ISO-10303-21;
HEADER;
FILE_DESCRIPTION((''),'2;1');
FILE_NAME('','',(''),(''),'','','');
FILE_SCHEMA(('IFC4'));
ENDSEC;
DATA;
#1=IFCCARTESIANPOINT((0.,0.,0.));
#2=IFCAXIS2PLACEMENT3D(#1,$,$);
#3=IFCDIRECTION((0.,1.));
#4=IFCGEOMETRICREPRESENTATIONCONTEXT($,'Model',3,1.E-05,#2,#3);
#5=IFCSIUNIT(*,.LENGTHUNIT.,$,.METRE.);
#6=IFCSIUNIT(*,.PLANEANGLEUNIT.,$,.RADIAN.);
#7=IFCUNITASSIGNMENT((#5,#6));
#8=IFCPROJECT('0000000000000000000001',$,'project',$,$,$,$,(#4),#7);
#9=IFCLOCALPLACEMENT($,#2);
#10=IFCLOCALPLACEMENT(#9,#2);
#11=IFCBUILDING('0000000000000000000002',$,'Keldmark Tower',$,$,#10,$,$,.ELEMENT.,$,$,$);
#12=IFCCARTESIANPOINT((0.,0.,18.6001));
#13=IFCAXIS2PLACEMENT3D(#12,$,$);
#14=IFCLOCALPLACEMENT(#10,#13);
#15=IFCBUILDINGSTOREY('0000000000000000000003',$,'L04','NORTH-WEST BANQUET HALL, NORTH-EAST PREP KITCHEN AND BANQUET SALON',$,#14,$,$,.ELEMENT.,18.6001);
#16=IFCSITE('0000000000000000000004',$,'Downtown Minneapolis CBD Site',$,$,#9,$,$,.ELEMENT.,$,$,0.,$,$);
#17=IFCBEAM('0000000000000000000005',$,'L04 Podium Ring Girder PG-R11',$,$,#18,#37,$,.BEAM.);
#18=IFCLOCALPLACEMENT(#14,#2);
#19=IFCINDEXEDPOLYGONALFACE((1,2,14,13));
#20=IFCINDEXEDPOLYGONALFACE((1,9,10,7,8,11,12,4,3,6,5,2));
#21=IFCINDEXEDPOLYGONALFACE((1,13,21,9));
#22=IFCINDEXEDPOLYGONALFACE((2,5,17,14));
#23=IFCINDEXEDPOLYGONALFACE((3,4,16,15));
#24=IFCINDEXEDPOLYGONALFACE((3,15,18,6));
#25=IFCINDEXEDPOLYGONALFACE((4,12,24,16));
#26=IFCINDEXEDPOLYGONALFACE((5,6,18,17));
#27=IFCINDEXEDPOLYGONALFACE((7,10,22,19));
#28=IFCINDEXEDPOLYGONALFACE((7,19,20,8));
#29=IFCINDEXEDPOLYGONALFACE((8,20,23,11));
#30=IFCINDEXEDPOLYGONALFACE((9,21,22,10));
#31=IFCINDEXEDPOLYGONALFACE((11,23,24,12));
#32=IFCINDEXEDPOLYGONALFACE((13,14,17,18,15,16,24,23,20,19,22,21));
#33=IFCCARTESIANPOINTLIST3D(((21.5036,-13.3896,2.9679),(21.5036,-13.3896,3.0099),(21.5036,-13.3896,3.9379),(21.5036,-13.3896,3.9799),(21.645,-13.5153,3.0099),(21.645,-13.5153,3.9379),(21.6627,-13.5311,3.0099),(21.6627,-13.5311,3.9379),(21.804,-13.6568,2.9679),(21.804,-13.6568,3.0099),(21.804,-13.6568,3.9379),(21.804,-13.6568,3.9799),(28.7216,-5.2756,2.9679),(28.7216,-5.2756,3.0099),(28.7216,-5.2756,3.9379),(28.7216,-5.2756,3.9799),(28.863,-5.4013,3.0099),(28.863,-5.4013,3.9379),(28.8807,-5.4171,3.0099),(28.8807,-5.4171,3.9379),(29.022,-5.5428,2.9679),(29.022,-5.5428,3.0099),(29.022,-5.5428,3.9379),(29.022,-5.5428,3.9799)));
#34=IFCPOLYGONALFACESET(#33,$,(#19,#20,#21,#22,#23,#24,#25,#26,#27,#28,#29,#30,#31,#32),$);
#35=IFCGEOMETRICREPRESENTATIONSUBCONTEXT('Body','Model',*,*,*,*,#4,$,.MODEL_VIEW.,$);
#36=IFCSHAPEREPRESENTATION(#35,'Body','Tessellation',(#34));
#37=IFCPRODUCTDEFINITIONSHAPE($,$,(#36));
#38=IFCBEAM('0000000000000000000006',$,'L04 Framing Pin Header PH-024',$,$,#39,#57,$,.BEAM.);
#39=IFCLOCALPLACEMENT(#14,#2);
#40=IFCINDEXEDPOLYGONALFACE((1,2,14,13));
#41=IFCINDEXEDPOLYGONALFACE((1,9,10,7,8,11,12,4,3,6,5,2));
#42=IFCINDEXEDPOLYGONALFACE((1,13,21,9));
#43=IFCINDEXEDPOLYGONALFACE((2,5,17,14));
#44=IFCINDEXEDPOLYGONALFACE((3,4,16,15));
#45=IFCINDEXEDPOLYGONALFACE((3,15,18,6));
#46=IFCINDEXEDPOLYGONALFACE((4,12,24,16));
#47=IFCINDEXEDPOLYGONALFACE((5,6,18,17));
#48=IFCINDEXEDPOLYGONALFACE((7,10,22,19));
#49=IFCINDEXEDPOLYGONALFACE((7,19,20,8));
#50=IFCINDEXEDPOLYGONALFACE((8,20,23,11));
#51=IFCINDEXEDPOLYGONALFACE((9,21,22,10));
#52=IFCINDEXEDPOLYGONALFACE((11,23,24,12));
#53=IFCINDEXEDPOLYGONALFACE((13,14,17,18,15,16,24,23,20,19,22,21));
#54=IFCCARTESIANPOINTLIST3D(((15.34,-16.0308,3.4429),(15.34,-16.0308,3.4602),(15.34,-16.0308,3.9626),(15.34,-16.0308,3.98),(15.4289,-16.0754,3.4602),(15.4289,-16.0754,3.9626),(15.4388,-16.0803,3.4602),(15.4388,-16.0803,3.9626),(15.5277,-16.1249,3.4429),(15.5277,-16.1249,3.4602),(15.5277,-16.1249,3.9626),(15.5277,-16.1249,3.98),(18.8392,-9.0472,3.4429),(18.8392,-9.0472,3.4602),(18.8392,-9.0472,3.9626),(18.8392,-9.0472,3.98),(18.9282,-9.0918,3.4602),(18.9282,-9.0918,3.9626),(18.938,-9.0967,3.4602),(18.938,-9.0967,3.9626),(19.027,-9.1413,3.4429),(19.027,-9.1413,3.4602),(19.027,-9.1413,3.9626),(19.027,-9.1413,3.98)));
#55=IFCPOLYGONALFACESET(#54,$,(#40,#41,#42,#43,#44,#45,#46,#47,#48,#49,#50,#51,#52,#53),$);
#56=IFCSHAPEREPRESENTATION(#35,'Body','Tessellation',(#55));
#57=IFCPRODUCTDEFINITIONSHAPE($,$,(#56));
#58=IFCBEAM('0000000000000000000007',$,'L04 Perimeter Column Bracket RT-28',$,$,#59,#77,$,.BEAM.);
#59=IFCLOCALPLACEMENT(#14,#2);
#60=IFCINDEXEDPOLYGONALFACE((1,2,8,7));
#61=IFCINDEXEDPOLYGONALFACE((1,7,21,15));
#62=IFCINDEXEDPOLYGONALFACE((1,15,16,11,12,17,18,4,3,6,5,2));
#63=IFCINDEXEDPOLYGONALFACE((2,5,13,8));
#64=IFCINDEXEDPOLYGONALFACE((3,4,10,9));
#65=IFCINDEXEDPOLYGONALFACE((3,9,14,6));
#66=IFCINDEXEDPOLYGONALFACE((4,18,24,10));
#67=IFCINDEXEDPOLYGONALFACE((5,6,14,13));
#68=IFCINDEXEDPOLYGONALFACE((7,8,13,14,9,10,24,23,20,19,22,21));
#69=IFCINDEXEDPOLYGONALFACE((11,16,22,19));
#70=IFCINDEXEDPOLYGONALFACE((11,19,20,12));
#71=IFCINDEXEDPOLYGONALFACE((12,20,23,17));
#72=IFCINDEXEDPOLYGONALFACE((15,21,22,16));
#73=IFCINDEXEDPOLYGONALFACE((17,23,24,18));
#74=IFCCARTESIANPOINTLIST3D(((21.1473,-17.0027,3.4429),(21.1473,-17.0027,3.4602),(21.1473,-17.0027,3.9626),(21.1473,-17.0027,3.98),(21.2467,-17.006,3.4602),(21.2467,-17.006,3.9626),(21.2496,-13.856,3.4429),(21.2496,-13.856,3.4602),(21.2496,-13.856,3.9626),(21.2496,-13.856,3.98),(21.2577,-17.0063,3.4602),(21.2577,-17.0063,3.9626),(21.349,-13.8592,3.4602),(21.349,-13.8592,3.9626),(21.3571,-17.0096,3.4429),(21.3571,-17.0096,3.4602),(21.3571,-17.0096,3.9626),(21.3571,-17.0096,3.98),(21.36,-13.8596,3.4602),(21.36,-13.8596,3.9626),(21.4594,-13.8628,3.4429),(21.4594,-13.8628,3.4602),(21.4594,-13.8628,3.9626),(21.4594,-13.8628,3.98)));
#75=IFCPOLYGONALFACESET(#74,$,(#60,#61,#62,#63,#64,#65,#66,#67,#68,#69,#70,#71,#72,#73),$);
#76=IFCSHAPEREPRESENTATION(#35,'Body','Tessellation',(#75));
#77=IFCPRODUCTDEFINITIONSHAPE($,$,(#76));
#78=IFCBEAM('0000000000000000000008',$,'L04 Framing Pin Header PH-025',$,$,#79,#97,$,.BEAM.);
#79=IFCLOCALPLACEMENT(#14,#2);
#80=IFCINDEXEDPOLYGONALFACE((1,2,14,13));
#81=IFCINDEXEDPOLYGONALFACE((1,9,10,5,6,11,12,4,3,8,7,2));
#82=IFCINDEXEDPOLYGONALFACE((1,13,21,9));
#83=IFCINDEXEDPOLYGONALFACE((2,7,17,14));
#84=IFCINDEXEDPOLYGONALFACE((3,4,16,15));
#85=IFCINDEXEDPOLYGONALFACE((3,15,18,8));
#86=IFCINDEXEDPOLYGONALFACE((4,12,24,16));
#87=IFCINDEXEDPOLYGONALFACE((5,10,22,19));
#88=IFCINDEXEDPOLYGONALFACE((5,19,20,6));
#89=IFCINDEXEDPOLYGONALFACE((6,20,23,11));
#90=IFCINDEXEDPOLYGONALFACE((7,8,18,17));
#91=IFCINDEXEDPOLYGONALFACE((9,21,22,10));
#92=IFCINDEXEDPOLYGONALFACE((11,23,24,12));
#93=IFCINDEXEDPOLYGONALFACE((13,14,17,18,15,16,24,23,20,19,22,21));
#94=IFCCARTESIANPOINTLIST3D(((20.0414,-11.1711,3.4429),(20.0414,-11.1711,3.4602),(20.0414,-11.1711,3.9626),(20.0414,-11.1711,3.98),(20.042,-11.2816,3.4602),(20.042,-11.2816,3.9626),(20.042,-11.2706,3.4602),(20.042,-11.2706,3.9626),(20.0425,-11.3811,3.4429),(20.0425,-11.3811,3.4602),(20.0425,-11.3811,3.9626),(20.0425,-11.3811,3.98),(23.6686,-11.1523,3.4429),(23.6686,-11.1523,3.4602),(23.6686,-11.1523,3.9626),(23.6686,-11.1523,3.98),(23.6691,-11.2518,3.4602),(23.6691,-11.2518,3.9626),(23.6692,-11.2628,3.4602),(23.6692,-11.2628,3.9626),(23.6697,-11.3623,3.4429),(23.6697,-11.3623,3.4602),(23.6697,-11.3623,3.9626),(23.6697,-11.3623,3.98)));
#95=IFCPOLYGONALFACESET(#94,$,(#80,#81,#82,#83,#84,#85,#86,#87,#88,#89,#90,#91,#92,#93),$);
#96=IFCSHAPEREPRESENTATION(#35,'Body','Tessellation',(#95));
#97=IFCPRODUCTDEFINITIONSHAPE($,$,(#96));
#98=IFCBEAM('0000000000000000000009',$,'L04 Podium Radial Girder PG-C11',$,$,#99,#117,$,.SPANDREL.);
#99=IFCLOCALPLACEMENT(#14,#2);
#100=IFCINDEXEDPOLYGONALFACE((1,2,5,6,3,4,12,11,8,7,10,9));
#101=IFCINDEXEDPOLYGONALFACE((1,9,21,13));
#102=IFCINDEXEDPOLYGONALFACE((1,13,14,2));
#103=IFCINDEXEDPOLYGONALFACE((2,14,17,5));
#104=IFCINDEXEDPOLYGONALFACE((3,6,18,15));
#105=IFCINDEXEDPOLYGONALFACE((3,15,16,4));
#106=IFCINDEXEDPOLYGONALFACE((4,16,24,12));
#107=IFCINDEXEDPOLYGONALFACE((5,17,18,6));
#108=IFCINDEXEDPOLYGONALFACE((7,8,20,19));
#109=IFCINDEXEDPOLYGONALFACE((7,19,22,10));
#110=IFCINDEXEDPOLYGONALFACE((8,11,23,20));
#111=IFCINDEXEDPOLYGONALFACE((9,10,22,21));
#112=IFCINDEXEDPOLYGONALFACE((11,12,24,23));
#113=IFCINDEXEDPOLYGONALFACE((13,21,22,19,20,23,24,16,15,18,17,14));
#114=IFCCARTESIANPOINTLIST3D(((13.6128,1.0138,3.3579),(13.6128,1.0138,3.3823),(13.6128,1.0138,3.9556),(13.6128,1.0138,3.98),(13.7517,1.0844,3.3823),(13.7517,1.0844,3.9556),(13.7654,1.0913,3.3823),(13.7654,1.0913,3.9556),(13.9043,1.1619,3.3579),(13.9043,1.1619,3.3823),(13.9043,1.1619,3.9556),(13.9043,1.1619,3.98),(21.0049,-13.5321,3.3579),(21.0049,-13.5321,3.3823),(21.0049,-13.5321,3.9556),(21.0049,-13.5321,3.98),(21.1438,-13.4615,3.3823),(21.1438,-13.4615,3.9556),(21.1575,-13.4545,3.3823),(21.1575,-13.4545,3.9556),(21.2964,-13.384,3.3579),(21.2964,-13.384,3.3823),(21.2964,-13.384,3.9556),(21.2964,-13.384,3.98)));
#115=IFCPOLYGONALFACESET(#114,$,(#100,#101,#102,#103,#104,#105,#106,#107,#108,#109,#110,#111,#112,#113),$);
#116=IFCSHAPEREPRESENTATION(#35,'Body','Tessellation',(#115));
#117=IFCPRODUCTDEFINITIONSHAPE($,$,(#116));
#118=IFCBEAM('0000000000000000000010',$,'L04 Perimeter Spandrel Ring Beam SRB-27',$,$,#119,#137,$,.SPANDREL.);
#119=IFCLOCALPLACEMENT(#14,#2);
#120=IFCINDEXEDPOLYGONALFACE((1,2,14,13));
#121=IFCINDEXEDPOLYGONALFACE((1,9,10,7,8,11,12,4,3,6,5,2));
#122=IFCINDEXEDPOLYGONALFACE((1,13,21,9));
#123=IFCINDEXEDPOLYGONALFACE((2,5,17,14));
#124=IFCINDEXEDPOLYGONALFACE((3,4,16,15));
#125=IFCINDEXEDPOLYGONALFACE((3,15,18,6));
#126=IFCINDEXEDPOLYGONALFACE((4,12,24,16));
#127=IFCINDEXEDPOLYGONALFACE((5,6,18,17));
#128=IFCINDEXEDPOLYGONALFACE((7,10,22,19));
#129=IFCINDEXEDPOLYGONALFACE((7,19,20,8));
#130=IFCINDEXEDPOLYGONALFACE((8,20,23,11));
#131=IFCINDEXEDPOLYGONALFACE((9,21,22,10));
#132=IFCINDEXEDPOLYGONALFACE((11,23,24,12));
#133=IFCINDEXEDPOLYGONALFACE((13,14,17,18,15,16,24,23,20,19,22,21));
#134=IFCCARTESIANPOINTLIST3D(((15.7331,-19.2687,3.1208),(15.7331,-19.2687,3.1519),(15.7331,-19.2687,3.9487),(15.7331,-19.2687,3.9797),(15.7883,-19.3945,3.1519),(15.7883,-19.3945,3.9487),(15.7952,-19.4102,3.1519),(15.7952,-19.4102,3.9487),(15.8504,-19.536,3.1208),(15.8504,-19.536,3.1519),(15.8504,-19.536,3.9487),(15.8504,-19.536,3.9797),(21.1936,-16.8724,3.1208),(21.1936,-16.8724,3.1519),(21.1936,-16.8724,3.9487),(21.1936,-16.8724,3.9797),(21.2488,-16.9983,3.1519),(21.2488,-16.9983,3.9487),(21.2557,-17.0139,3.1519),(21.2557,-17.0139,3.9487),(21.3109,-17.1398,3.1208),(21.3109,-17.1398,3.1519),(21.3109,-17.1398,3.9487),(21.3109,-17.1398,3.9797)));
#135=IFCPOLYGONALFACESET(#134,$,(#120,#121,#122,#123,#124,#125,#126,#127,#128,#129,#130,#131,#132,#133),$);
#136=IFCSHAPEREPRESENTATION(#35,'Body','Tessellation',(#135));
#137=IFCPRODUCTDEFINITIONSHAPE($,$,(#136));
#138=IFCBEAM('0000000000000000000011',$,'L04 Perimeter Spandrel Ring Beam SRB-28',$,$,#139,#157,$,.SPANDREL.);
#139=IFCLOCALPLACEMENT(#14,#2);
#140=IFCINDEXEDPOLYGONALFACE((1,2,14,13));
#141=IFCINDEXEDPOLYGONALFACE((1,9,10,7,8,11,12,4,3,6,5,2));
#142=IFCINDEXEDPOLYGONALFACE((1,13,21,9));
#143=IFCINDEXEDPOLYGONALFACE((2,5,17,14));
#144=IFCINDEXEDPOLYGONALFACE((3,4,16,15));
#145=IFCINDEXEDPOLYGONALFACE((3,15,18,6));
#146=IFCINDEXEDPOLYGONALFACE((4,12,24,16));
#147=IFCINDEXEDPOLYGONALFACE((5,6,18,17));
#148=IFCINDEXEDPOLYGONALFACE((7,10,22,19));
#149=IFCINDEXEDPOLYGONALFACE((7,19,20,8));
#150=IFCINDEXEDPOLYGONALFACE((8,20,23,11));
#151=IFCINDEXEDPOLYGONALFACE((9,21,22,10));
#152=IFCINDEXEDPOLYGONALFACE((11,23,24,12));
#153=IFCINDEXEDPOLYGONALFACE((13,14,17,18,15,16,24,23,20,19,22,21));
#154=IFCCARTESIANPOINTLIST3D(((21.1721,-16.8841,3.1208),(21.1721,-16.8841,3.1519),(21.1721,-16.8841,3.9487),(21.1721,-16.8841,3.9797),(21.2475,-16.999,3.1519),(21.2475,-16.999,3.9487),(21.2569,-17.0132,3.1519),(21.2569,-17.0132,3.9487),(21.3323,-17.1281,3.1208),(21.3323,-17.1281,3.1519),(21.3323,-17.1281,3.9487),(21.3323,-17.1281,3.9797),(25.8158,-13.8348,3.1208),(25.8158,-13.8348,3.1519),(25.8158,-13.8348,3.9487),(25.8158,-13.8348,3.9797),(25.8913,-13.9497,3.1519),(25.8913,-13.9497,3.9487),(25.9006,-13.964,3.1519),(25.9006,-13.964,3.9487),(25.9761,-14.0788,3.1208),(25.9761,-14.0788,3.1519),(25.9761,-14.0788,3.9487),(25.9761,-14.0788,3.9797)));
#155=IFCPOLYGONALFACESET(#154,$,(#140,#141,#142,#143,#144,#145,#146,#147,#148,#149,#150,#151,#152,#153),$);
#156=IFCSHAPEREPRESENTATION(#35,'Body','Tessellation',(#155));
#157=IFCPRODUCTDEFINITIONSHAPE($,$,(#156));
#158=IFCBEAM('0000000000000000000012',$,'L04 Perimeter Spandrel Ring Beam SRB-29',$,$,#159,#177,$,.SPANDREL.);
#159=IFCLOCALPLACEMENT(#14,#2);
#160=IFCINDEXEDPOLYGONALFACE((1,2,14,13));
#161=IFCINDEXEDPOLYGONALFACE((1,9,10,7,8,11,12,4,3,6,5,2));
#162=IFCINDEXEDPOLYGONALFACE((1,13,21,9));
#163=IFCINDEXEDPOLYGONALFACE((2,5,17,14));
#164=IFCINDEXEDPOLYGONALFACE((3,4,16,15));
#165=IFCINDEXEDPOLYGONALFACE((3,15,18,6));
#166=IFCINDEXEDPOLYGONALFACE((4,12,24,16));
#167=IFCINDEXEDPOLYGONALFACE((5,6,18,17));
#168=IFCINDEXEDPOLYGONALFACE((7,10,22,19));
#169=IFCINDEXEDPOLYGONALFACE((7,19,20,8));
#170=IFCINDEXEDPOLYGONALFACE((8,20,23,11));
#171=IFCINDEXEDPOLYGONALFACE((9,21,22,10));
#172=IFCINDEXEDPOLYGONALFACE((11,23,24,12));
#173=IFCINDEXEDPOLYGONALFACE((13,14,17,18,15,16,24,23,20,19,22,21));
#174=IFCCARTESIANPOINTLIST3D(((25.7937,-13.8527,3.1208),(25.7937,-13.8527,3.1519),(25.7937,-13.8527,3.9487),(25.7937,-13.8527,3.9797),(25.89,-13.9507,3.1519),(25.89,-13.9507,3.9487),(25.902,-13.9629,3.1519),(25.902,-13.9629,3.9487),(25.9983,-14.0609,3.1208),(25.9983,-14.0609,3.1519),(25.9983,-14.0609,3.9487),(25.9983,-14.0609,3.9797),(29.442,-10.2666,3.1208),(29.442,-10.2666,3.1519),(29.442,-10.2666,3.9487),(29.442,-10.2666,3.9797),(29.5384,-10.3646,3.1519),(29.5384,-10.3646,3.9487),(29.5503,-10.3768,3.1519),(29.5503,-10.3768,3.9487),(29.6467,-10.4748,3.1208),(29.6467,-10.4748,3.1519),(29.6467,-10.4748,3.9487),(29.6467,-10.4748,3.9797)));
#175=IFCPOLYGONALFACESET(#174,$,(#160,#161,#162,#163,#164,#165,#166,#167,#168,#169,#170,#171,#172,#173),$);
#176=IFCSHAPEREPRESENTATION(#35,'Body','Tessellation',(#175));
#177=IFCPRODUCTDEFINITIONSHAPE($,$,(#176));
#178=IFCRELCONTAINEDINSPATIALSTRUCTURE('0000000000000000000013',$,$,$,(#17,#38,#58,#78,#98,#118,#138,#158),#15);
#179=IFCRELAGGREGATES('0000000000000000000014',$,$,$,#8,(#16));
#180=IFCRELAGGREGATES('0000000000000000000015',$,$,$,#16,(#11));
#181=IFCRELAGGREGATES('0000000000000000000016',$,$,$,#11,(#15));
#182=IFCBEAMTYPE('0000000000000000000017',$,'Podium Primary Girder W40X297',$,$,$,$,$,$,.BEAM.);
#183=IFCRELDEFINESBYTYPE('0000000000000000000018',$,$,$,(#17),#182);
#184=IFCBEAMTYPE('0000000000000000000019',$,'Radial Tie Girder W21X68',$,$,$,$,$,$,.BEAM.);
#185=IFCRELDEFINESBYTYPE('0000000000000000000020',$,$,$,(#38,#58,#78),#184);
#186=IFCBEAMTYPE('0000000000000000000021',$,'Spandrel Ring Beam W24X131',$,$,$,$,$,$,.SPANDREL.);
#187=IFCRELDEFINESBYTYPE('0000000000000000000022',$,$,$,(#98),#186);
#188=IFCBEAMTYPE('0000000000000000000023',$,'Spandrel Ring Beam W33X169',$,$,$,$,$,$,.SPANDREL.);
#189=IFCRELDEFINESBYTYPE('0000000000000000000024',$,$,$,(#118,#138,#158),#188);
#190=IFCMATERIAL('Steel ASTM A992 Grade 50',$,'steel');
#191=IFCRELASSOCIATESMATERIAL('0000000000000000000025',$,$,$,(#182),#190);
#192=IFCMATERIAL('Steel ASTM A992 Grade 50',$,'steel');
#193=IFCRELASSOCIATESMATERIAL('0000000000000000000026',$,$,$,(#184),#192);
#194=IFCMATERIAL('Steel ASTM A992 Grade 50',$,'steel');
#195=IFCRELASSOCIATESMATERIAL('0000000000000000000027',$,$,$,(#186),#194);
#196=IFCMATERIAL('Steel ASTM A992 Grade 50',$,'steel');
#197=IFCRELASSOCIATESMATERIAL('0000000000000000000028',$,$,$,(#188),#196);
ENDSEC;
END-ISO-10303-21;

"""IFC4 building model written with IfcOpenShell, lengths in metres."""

from ifc_helpers import new_model, si_unit, direction, frame, origin, origin_2d, place, context, subcontext, project, spatial, i_section, extrude, material, material_profile, profile_set, type_object, element, save


model = new_model("IFC4")

# Units and contexts
model_context = context("Model", 3, precision=1e-05, world=origin(), true_north=direction((0.0, 1.0)))
body_context = subcontext(model_context, "Body", "Model", "MODEL_VIEW")
ifc_project = project(units=[si_unit("LENGTHUNIT", "METRE"), si_unit("PLANEANGLEUNIT", "RADIAN")], contexts=[model_context])

# Site, building, storey
site_placement = place(None, origin())
site = spatial("IfcSite", under=ifc_project, at=site_placement, Name="Downtown Minneapolis CBD Site", CompositionType="ELEMENT", RefElevation=0.0)
building_placement = place(site_placement, origin())
building = spatial("IfcBuilding", under=site, at=building_placement, Name="Keldmark Tower", CompositionType="ELEMENT")
storey_placement = place(building_placement, frame((0.0, 0.0, 18.6001)))
storey = spatial("IfcBuildingStorey", under=building, at=storey_placement, Name="L04", Description="NORTH-WEST BANQUET HALL, NORTH-EAST PREP KITCHEN AND BANQUET SALON", CompositionType="ELEMENT", Elevation=18.6001)

# Beams
ifc_material_1 = material(Name="Steel ASTM A992 Grade 50", Category="steel")
ifc_material_profile_1 = material_profile(ifc_material_1, i_section(OverallWidth=0.4021, OverallDepth=1.012, WebThickness=0.0237, FlangeThickness=0.042, at=origin_2d()), Name="W40X297")
ifc_profile_set_1 = profile_set([ifc_material_profile_1], Name="Steel ASTM A992 Grade 50")
beam_type_1 = type_object("IfcBeamType", Name="Podium Primary Girder W40X297", PredefinedType="BEAM", material=ifc_profile_set_1)
beam_1_placement = place(storey_placement, frame((21.6538, -13.5232, 3.4739), z_axis=(0.66465, 0.747155, 0.0), x_axis=(-0.747155, 0.66465, 0.0)))
element("IfcBeam", 1, at=beam_1_placement, inside=storey, type_object=beam_type_1, Name="L04 Podium Ring Girder PG-R11", PredefinedType="BEAM", context=body_context, shape_type="SweptSolid", body=[
    extrude(i_section(OverallWidth=0.4021, OverallDepth=1.012, WebThickness=0.0237, FlangeThickness=0.042, at=origin_2d()), origin(), (0.0, 0.0, 1.0), 10.8599),
])
ifc_material_2 = material(Name="Steel ASTM A992 Grade 50", Category="steel")
ifc_material_profile_2 = material_profile(ifc_material_2, i_section(OverallWidth=0.21, OverallDepth=0.5371, WebThickness=0.011, FlangeThickness=0.0173, at=origin_2d()), Name="W21X68")
ifc_profile_set_2 = profile_set([ifc_material_profile_2], Name="Steel ASTM A992 Grade 50")
beam_type_2 = type_object("IfcBeamType", Name="Radial Tie Girder W21X68", PredefinedType="BEAM", material=ifc_profile_set_2)
beam_2_placement = place(storey_placement, frame((18.9331, -9.0942, 3.7114), z_axis=(-0.447976, -0.894046, 0.0), x_axis=(0.894046, -0.447976, 0.0)))
element("IfcBeam", 2, at=beam_2_placement, inside=storey, type_object=beam_type_2, Name="L04 Framing Pin Header PH-024", PredefinedType="BEAM", context=body_context, shape_type="SweptSolid", body=[
    extrude(i_section(OverallWidth=0.21, OverallDepth=0.5371, WebThickness=0.011, FlangeThickness=0.0173, at=origin_2d()), origin(), (0.0, 0.0, 1.0), 7.8113),
])
beam_3_placement = place(storey_placement, frame((21.3545, -13.8594, 3.7114), z_axis=(-0.032491, -0.999472, 0.0), x_axis=(0.999472, -0.032491, 0.0)))
element("IfcBeam", 3, at=beam_3_placement, inside=storey, type_object=beam_type_2, Name="L04 Perimeter Column Bracket RT-28", PredefinedType="BEAM", context=body_context, shape_type="SweptSolid", body=[
    extrude(i_section(OverallWidth=0.21, OverallDepth=0.5371, WebThickness=0.011, FlangeThickness=0.0173, at=origin_2d()), origin(), (0.0, 0.0, 1.0), 3.1484),
])
beam_4_placement = place(storey_placement, frame((20.042, -11.2761, 3.7114), z_axis=(0.999987, 0.005183, 0.0), x_axis=(-0.005183, 0.999987, 0.0)))
element("IfcBeam", 4, at=beam_4_placement, inside=storey, type_object=beam_type_2, Name="L04 Framing Pin Header PH-025", PredefinedType="BEAM", context=body_context, shape_type="SweptSolid", body=[
    extrude(i_section(OverallWidth=0.21, OverallDepth=0.5371, WebThickness=0.011, FlangeThickness=0.0173, at=origin_2d()), origin(), (0.0, 0.0, 1.0), 3.6272),
])
ifc_material_3 = material(Name="Steel ASTM A992 Grade 50", Category="steel")
ifc_material_profile_3 = material_profile(ifc_material_3, i_section(OverallWidth=0.3269, OverallDepth=0.6221, WebThickness=0.0154, FlangeThickness=0.0244, at=origin_2d()), Name="W24X131")
ifc_profile_set_3 = profile_set([ifc_material_profile_3], Name="Steel ASTM A992 Grade 50")
beam_type_3 = type_object("IfcBeamType", Name="Spandrel Ring Beam W24X131", PredefinedType="SPANDREL", material=ifc_profile_set_3)
beam_5_placement = place(storey_placement, frame((21.1506, -13.458, 3.6689), z_axis=(-0.453046, 0.891487, 0.0), x_axis=(-0.891487, -0.453046, 0.0)))
element("IfcBeam", 5, at=beam_5_placement, inside=storey, type_object=beam_type_3, Name="L04 Podium Radial Girder PG-C11", PredefinedType="SPANDREL", context=body_context, shape_type="SweptSolid", body=[
    extrude(i_section(OverallWidth=0.3269, OverallDepth=0.6221, WebThickness=0.0154, FlangeThickness=0.0244, at=origin_2d()), origin(), (0.0, 0.0, 1.0), 16.3164),
])
ifc_material_4 = material(Name="Steel ASTM A992 Grade 50", Category="steel")
ifc_material_profile_4 = material_profile(ifc_material_4, i_section(OverallWidth=0.292, OverallDepth=0.8589, WebThickness=0.0171, FlangeThickness=0.031, at=origin_2d()), Name="W33X169")
ifc_profile_set_4 = profile_set([ifc_material_profile_4], Name="Steel ASTM A992 Grade 50")
beam_type_4 = type_object("IfcBeamType", Name="Spandrel Ring Beam W33X169", PredefinedType="SPANDREL", material=ifc_profile_set_4)
beam_6_placement = place(storey_placement, frame((15.7917, -19.4023, 3.5503), z_axis=(0.915708, 0.401845, 0.0), x_axis=(-0.401845, 0.915708, 0.0)))
element("IfcBeam", 6, at=beam_6_placement, inside=storey, type_object=beam_type_4, Name="L04 Perimeter Spandrel Ring Beam SRB-27", PredefinedType="SPANDREL", context=body_context, shape_type="SweptSolid", body=[
    extrude(i_section(OverallWidth=0.292, OverallDepth=0.8589, WebThickness=0.0171, FlangeThickness=0.031, at=origin_2d()), origin(), (0.0, 0.0, 1.0), 5.9631),
])
beam_7_placement = place(storey_placement, frame((21.2522, -17.0061, 3.5503), z_axis=(0.835897, 0.548886, 0.0), x_axis=(-0.548886, 0.835897, 0.0)))
element("IfcBeam", 7, at=beam_7_placement, inside=storey, type_object=beam_type_4, Name="L04 Perimeter Spandrel Ring Beam SRB-28", PredefinedType="SPANDREL", context=body_context, shape_type="SweptSolid", body=[
    extrude(i_section(OverallWidth=0.292, OverallDepth=0.8589, WebThickness=0.0171, FlangeThickness=0.031, at=origin_2d()), origin(), (0.0, 0.0, 1.0), 5.5554),
])
beam_8_placement = place(storey_placement, frame((25.896, -13.9568, 3.5503), z_axis=(0.713165, 0.700996, 0.0), x_axis=(-0.700996, 0.713165, 0.0)))
element("IfcBeam", 8, at=beam_8_placement, inside=storey, type_object=beam_type_4, Name="L04 Perimeter Spandrel Ring Beam SRB-29", PredefinedType="SPANDREL", context=body_context, shape_type="SweptSolid", body=[
    extrude(i_section(OverallWidth=0.292, OverallDepth=0.8589, WebThickness=0.0171, FlangeThickness=0.031, at=origin_2d()), origin(), (0.0, 0.0, 1.0), 5.1157),
])

save(model, "model.ifc")
